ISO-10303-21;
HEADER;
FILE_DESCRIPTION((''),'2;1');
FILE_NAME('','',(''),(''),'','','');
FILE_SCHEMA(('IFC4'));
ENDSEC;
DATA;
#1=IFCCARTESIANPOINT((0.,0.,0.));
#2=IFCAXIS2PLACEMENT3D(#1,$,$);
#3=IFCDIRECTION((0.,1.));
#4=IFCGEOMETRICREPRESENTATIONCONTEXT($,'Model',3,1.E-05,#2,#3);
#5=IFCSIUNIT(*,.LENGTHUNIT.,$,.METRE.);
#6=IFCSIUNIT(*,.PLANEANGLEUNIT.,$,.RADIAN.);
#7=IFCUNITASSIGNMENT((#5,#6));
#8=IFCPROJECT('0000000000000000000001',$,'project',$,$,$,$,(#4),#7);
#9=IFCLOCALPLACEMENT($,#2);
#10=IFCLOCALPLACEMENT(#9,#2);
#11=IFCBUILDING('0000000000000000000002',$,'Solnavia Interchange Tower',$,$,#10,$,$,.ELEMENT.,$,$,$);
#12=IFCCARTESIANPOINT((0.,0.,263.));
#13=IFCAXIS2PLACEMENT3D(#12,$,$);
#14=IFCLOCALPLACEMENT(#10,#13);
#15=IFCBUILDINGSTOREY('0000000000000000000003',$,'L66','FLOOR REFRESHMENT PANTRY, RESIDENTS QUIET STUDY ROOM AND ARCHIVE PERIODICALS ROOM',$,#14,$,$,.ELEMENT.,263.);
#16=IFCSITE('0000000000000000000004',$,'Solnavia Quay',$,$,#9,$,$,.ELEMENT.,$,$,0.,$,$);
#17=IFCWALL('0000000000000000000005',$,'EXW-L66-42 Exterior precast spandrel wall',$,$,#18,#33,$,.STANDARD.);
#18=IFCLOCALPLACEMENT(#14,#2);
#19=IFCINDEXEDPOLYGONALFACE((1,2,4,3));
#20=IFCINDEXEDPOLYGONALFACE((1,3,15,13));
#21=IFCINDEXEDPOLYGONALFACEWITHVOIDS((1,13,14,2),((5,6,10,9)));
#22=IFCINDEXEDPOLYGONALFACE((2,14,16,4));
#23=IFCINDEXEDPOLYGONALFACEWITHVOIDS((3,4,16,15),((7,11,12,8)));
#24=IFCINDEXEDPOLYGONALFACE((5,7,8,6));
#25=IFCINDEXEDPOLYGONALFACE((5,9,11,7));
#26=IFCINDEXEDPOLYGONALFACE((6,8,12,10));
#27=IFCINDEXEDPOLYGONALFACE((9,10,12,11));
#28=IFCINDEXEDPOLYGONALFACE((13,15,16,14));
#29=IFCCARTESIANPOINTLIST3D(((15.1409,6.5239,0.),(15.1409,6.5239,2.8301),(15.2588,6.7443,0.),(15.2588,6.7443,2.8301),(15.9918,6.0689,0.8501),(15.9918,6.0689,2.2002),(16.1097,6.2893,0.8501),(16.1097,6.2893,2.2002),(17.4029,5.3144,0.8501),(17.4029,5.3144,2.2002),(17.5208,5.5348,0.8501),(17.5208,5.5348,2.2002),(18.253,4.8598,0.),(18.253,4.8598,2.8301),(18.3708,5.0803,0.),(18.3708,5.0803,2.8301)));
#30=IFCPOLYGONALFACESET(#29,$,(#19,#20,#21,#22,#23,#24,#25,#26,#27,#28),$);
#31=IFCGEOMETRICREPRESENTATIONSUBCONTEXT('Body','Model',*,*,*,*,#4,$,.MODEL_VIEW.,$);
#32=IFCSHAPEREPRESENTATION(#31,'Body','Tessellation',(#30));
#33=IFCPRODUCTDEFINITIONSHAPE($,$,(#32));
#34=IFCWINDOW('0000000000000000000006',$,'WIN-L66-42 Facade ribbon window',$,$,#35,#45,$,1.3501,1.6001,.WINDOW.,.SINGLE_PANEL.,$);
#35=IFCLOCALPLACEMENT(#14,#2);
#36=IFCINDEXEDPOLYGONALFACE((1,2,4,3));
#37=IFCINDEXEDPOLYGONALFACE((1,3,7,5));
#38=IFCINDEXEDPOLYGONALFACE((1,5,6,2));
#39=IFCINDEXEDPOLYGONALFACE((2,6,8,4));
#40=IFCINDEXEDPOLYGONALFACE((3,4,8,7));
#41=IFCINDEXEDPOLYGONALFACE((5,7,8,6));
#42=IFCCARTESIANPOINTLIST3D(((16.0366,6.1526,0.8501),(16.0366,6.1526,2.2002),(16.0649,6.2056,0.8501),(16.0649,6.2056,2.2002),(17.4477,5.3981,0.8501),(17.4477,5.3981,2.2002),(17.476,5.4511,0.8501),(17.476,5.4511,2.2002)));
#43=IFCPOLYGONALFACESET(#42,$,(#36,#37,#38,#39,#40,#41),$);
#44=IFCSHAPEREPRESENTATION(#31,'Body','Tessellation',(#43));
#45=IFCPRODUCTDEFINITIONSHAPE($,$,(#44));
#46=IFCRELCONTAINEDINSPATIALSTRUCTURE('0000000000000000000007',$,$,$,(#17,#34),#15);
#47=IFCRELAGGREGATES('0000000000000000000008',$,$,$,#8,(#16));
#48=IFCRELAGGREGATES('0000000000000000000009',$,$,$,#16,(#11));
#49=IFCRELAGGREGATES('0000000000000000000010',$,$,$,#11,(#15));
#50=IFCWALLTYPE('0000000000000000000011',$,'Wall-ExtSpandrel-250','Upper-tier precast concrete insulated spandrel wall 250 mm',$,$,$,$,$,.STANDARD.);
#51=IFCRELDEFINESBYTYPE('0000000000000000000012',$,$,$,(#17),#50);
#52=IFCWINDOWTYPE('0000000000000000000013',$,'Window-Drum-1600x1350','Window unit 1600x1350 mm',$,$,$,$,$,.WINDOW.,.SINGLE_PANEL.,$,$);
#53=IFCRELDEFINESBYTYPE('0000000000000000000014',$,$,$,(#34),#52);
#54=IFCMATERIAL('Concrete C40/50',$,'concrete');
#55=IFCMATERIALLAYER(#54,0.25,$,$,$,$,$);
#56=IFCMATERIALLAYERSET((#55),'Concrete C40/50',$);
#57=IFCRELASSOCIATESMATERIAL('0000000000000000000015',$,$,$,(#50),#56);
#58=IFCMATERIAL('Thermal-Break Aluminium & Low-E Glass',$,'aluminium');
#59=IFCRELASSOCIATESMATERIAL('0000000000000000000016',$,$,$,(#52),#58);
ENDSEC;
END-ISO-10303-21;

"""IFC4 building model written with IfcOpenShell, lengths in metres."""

from ifc_helpers import new_model, si_unit, direction, frame, frame_2d, origin, place, context, subcontext, project, spatial, rectangle, extrude, material, layer, layer_set, type_object, element, fill, save


model = new_model("IFC4")

# Units and contexts
model_context = context("Model", 3, precision=1e-05, world=origin(), true_north=direction((0.0, 1.0)))
body_context = subcontext(model_context, "Body", "Model", "MODEL_VIEW")
ifc_project = project(units=[si_unit("LENGTHUNIT", "METRE"), si_unit("PLANEANGLEUNIT", "RADIAN")], contexts=[model_context])

# Site, building, storey
site_placement = place(None, origin())
site = spatial("IfcSite", under=ifc_project, at=site_placement, Name="Solnavia Quay", CompositionType="ELEMENT", RefElevation=0.0)
building_placement = place(site_placement, origin())
building = spatial("IfcBuilding", under=site, at=building_placement, Name="Solnavia Interchange Tower", CompositionType="ELEMENT")
storey_placement = place(building_placement, frame((0.0, 0.0, 263.0)))
storey = spatial("IfcBuildingStorey", under=building, at=storey_placement, Name="L66", Description="FLOOR REFRESHMENT PANTRY, RESIDENTS QUIET STUDY ROOM AND ARCHIVE PERIODICALS ROOM", CompositionType="ELEMENT", Elevation=263.0)

# Wall, opening, window
ifc_material_1 = material(Name="Concrete C40/50", Category="concrete")
ifc_layer_1 = layer(ifc_material_1, 0.25)
ifc_layer_set_1 = layer_set([ifc_layer_1], Name="Concrete C40/50")
wall_type = type_object("IfcWallType", Name="Wall-ExtSpandrel-250", Description="Upper-tier precast concrete insulated spandrel wall 250 mm", PredefinedType="STANDARD", material=ifc_layer_set_1)
wall_placement = place(storey_placement, frame((18.312, 4.97, 0.0), z_axis=(0.0, 0.0, 1.0), x_axis=(-0.881847, 0.471536, 0.0)))
wall = element("IfcWall", 1, at=wall_placement, inside=storey, type_object=wall_type, Name="EXW-L66-42 Exterior precast spandrel wall", PredefinedType="STANDARD", context=body_context, shape_type="SweptSolid", body=[
    extrude(rectangle(XDim=3.5291, YDim=0.25, at=frame_2d((1.7646, 0.0))), origin(), (0.0, 0.0, 1.0), 2.8301),
])
opening_placement = place(wall_placement, frame((0.9641, 0.0, 0.8501)))
opening = element("IfcOpeningElement", 2, at=opening_placement, cuts=wall, PredefinedType="OPENING", context=body_context, shape_type="SweptSolid", body=[
    extrude(rectangle(XDim=1.6001, YDim=1.3501, at=frame_2d((0.8, 0.675))), frame((0.0, 0.135, 0.0), z_axis=(0.0, -1.0, 0.0), x_axis=(1.0, 0.0, 0.0)), (0.0, 0.0, 1.0), 0.27),
])
ifc_material_2 = material(Name="Thermal-Break Aluminium & Low-E Glass", Category="aluminium")
window_type = type_object("IfcWindowType", Name="Window-Drum-1600x1350", Description="Window unit 1600x1350 mm", PartitioningType="SINGLE_PANEL", PredefinedType="WINDOW", material=ifc_material_2)
window_placement = place(opening_placement, origin())
window = element("IfcWindow", 3, at=window_placement, inside=storey, type_object=window_type, Name="WIN-L66-42 Facade ribbon window", OverallHeight=1.3501, OverallWidth=1.6001, PartitioningType="SINGLE_PANEL", PredefinedType="WINDOW", context=body_context, shape_type="SweptSolid", body=[
    extrude(rectangle(XDim=1.6001, YDim=1.3501, at=frame_2d((0.8, 0.675))), frame((0.0, 0.03, 0.0), z_axis=(0.0, -1.0, 0.0), x_axis=(1.0, 0.0, 0.0)), (0.0, 0.0, 1.0), 0.0601),
])
fill(opening, window)

save(model, "model.ifc")
